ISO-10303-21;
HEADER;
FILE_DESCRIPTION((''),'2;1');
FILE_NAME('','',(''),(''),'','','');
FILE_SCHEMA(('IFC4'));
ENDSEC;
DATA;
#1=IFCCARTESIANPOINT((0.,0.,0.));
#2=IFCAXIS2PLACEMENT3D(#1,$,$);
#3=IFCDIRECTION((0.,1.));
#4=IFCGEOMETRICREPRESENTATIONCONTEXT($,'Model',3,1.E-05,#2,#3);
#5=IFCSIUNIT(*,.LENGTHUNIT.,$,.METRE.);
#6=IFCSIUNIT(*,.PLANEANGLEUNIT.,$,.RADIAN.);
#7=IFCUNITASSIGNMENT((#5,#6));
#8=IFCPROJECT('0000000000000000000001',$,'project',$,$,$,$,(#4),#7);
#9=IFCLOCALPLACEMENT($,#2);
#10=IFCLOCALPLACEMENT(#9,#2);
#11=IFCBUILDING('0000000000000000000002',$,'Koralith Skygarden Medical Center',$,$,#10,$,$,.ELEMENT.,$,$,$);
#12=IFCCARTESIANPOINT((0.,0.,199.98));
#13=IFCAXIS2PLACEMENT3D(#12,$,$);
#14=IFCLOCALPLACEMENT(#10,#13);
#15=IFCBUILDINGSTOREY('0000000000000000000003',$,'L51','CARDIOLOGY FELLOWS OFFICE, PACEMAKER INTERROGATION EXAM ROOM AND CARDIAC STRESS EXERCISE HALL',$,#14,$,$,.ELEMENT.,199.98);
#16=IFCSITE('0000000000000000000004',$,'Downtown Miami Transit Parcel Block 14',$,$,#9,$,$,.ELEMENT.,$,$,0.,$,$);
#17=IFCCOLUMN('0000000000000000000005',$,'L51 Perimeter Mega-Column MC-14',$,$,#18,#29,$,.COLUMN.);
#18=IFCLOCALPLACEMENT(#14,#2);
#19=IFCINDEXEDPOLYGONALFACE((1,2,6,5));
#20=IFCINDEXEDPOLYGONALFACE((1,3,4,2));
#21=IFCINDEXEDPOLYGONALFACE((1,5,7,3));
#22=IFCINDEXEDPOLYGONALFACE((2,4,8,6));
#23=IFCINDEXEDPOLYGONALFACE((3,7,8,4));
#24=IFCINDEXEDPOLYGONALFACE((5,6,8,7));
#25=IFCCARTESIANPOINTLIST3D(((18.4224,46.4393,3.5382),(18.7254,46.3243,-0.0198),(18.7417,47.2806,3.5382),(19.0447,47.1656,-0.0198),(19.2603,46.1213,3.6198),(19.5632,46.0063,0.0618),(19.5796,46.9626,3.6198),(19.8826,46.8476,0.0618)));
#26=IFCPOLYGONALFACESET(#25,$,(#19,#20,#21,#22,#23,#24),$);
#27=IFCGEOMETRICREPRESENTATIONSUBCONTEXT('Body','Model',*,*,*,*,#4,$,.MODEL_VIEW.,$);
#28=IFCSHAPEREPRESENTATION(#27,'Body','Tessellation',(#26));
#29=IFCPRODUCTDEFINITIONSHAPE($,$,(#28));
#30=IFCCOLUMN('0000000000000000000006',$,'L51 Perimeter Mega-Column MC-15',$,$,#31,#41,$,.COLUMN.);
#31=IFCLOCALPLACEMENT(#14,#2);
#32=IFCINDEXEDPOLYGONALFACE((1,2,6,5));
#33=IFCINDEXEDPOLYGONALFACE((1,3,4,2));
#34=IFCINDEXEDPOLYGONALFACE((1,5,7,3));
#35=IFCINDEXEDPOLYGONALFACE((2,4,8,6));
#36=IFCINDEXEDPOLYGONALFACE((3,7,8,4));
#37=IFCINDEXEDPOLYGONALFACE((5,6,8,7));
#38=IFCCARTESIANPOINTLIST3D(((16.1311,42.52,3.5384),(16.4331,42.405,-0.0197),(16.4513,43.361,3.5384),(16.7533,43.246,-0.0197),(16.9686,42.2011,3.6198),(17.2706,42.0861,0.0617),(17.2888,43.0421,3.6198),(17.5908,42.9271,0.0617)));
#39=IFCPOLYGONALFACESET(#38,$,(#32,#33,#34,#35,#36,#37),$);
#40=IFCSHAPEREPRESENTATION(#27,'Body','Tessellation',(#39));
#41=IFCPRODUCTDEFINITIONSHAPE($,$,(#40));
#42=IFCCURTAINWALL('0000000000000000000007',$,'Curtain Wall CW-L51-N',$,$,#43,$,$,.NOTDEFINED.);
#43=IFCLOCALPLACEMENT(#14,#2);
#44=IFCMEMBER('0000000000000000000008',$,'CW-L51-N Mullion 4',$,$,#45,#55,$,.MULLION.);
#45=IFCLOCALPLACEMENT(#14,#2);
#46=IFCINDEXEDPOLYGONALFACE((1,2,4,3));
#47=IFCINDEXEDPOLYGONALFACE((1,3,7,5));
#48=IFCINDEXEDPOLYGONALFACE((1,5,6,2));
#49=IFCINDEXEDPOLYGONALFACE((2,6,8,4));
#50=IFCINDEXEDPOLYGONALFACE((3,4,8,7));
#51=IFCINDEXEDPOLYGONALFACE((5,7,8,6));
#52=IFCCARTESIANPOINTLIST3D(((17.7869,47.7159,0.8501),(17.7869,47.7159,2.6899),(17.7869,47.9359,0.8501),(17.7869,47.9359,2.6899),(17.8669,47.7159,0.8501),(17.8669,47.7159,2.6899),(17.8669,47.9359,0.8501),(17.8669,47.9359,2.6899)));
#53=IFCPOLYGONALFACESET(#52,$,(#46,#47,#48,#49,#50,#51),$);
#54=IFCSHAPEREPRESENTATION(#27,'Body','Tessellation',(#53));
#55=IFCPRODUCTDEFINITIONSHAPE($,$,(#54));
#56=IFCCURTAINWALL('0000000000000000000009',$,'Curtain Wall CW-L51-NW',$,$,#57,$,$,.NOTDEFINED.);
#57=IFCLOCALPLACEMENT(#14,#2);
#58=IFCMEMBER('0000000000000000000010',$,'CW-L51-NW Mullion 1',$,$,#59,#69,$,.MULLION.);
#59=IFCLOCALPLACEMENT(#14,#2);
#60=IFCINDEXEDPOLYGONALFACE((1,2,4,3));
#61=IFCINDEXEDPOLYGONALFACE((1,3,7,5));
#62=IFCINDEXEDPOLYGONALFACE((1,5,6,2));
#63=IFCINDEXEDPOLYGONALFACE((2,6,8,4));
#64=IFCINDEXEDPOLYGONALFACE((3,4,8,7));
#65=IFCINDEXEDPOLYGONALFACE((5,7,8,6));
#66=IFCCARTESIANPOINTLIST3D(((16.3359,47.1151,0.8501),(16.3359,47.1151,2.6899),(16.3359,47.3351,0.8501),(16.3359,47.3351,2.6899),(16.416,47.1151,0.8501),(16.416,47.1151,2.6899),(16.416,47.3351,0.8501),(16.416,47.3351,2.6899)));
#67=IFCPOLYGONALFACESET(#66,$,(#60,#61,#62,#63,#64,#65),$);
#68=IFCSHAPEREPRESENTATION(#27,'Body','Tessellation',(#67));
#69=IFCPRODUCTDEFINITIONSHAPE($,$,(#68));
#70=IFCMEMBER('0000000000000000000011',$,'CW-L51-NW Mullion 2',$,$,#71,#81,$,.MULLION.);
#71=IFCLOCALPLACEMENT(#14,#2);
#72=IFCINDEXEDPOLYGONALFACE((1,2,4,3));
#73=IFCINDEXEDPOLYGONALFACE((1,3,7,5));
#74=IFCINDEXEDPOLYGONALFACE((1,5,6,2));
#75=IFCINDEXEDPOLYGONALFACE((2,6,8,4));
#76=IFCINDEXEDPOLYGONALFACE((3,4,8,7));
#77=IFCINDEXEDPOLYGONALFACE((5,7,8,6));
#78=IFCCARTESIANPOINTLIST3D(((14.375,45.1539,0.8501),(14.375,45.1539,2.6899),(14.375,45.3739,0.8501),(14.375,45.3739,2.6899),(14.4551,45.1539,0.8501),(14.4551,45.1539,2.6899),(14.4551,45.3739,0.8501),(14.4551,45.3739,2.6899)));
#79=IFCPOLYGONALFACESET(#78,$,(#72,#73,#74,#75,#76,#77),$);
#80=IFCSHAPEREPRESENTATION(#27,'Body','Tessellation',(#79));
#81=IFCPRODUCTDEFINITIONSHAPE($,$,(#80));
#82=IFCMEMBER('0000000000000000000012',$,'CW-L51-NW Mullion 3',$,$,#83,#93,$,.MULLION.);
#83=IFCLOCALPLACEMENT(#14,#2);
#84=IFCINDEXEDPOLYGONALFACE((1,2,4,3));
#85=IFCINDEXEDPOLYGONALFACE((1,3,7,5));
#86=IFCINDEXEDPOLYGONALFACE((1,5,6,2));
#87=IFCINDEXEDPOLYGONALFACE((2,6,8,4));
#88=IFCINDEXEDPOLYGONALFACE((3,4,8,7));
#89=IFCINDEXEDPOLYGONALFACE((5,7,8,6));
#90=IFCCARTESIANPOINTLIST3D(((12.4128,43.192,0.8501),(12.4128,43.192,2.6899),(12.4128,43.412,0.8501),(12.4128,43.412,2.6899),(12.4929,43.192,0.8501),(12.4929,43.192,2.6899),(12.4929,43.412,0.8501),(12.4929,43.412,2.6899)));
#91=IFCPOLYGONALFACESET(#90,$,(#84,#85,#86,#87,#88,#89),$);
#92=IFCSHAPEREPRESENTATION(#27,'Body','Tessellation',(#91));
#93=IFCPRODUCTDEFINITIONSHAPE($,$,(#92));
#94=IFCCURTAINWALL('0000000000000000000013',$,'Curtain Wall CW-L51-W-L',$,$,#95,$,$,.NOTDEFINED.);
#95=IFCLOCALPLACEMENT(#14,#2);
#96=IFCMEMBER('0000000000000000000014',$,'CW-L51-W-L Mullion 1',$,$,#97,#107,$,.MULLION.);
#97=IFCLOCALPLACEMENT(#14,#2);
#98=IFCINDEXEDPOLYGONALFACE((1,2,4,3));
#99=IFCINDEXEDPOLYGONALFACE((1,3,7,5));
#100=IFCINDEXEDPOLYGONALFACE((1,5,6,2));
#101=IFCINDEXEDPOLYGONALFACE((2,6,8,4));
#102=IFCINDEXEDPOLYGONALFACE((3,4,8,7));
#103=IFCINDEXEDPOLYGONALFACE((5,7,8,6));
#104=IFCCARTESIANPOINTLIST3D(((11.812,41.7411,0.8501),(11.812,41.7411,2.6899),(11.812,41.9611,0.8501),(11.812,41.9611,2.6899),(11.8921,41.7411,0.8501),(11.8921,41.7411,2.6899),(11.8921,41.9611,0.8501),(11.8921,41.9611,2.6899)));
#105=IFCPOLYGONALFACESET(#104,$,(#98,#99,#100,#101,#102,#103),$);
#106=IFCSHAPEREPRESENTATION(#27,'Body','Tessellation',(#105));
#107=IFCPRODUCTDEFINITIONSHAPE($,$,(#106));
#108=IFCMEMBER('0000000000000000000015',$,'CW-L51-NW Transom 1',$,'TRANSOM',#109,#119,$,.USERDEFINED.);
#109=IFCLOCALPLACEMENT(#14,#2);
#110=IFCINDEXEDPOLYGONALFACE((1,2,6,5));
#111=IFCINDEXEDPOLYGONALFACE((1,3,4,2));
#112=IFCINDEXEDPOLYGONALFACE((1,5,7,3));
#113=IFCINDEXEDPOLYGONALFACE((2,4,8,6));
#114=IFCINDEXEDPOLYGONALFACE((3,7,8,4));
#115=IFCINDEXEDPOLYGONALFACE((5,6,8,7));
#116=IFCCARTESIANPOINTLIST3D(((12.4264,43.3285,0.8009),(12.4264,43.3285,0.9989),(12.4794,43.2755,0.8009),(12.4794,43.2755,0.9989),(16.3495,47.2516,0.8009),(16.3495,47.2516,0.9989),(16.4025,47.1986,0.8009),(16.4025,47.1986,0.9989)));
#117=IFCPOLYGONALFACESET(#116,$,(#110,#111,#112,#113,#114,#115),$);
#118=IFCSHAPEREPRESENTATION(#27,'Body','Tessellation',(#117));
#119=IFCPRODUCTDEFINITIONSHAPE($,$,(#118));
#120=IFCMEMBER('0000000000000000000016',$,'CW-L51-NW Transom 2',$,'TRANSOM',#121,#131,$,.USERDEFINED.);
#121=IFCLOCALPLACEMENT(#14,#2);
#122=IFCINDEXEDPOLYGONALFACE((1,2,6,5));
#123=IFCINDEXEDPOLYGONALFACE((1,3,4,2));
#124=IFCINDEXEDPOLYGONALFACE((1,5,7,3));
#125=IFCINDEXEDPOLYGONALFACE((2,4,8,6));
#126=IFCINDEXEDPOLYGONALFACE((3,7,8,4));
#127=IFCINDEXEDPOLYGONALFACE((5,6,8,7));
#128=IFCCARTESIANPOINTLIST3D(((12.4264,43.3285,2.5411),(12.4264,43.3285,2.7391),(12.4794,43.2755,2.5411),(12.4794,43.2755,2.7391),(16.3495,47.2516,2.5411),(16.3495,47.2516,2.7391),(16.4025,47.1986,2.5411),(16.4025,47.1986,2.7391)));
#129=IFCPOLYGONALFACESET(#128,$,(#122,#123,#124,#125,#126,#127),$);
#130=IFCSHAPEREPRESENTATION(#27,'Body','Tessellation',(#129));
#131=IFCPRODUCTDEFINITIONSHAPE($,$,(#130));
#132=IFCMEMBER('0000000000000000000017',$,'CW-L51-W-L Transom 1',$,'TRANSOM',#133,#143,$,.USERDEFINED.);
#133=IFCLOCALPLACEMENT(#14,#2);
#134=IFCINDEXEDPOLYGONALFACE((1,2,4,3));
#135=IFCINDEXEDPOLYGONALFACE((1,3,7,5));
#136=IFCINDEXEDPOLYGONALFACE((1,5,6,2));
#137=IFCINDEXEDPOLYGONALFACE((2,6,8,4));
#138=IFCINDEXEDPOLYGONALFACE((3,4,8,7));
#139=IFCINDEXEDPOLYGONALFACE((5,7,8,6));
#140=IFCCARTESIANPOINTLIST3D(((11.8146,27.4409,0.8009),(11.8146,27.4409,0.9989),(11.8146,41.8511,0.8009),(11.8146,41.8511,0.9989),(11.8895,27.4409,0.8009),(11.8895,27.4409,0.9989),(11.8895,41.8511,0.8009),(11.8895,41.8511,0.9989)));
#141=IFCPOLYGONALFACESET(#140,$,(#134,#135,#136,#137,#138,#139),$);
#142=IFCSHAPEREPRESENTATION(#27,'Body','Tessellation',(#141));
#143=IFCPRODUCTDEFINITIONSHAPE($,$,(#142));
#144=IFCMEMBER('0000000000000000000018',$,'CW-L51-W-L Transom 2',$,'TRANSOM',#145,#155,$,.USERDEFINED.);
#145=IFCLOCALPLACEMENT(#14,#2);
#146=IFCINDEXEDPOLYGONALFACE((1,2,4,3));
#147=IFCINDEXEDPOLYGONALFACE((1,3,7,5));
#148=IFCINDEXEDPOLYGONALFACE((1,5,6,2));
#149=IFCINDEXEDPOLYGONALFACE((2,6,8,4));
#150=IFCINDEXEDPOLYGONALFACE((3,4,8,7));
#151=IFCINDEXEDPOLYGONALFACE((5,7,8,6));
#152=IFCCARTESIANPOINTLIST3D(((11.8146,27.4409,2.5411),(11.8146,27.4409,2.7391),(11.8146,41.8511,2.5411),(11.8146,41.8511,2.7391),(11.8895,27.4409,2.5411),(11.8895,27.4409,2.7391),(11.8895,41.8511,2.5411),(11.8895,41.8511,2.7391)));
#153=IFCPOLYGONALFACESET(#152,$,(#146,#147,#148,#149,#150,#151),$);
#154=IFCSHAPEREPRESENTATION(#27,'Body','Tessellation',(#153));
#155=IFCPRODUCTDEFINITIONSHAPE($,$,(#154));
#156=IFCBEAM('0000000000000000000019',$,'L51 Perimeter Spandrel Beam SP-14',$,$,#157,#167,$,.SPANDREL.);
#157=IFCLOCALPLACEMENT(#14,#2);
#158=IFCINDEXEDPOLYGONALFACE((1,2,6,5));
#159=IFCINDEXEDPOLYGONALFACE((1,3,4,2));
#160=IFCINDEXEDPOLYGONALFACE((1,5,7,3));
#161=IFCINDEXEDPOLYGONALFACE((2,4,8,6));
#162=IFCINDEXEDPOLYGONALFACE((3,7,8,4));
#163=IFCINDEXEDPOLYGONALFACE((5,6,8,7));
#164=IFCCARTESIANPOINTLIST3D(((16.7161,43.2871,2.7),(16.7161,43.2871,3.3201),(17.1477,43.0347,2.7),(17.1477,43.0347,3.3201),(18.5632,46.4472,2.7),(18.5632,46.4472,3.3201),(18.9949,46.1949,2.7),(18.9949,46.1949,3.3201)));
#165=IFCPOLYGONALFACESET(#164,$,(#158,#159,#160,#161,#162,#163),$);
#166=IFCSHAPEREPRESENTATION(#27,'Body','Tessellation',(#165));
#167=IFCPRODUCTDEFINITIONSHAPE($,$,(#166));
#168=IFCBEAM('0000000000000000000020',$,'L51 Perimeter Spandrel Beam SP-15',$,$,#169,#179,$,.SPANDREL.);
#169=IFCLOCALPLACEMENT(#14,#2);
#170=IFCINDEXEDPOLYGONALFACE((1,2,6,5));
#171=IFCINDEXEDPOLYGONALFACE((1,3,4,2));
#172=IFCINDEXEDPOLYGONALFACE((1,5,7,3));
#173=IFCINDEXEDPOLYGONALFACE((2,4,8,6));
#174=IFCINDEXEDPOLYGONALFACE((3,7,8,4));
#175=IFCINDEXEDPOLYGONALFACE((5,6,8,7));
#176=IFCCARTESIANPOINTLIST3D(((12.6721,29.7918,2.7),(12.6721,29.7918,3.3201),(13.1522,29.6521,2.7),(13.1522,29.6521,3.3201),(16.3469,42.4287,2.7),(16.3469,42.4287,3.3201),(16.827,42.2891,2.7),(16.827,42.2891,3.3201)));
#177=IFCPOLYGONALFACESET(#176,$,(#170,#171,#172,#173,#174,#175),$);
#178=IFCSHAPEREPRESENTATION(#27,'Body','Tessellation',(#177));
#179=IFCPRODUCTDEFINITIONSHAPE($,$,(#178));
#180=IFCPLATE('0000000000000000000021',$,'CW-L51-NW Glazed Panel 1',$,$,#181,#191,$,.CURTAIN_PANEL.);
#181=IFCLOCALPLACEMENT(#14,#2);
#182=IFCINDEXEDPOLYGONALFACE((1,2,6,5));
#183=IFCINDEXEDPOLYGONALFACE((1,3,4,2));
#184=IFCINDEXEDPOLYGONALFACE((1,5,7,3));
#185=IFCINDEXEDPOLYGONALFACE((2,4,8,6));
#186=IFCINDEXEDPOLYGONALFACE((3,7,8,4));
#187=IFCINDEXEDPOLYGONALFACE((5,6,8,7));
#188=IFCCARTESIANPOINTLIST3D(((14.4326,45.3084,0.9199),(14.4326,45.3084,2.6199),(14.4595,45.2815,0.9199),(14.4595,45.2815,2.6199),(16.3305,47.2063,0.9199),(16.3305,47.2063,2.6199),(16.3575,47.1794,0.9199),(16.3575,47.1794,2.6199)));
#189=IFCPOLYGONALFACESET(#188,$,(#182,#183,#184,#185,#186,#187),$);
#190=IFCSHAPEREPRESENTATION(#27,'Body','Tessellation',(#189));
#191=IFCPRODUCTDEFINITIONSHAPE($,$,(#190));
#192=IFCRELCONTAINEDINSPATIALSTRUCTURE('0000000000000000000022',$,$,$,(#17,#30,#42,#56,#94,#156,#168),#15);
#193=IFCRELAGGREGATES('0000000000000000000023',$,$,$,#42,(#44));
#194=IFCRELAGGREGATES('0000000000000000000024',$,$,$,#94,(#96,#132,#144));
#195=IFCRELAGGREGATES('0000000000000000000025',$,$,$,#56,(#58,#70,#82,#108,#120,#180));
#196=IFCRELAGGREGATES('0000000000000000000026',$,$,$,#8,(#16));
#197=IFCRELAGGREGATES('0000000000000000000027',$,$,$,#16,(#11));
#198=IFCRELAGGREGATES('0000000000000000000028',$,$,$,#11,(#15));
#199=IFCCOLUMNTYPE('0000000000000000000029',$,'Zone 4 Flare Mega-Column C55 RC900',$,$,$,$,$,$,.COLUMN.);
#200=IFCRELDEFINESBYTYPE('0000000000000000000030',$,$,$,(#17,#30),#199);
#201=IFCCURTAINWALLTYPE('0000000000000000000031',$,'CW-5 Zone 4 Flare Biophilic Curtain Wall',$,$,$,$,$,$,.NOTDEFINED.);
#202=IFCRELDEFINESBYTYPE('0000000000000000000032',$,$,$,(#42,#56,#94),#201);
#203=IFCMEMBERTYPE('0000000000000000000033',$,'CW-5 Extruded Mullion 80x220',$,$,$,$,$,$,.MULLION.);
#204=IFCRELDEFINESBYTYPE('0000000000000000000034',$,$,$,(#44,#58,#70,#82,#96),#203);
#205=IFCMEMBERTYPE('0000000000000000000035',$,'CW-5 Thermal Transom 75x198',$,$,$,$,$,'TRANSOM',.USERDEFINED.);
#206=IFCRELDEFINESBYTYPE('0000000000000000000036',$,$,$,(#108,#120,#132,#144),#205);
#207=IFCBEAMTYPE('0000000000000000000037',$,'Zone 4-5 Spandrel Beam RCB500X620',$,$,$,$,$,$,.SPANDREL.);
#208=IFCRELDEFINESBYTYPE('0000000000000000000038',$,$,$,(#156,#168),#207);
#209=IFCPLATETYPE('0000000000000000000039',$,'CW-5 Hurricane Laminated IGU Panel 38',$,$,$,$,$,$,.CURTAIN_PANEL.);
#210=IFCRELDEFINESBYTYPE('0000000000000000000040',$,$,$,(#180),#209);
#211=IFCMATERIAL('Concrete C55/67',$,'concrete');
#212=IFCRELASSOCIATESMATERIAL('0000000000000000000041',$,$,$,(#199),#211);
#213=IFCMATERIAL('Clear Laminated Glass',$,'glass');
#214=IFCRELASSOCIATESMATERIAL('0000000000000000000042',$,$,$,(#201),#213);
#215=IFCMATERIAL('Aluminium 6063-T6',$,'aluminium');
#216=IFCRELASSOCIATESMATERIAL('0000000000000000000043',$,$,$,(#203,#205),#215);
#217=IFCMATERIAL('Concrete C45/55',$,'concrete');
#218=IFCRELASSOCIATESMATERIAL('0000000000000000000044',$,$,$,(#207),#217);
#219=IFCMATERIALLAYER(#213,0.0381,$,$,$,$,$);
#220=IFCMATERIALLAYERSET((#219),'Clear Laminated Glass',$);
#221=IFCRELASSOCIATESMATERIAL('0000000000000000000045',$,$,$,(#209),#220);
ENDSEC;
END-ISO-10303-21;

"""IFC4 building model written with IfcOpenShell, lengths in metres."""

from ifc_helpers import new_model, si_unit, direction, frame, origin, origin_2d, place, context, subcontext, project, spatial, rectangle, extrude, material, layer, layer_set, material_profile, profile_set, type_object, element, aggregate, save


model = new_model("IFC4")

# Units and contexts
model_context = context("Model", 3, precision=1e-05, world=origin(), true_north=direction((0.0, 1.0)))
body_context = subcontext(model_context, "Body", "Model", "MODEL_VIEW")
ifc_project = project(units=[si_unit("LENGTHUNIT", "METRE"), si_unit("PLANEANGLEUNIT", "RADIAN")], contexts=[model_context])

# Site, building, storey
site_placement = place(None, origin())
site = spatial("IfcSite", under=ifc_project, at=site_placement, Name="Downtown Miami Transit Parcel Block 14", CompositionType="ELEMENT", RefElevation=0.0)
building_placement = place(site_placement, origin())
building = spatial("IfcBuilding", under=site, at=building_placement, Name="Koralith Skygarden Medical Center", CompositionType="ELEMENT")
storey_placement = place(building_placement, frame((0.0, 0.0, 199.98)))
storey = spatial("IfcBuildingStorey", under=building, at=storey_placement, Name="L51", Description="CARDIOLOGY FELLOWS OFFICE, PACEMAKER INTERROGATION EXAM ROOM AND CARDIAC STRESS EXERCISE HALL", CompositionType="ELEMENT", Elevation=199.98)

# Columns
ifc_material_1 = material(Name="Concrete C55/67", Category="concrete")
ifc_material_profile_1 = material_profile(ifc_material_1, rectangle(XDim=0.8999, YDim=0.8999, at=origin_2d()), Name="RC900X900")
ifc_profile_set_1 = profile_set([ifc_material_profile_1], Name="Concrete C55/67")
column_type = type_object("IfcColumnType", Name="Zone 4 Flare Mega-Column C55 RC900", PredefinedType="COLUMN", material=ifc_profile_set_1)
for number, where, z_axis, x_axis, name in (
    (1, (19.304, 46.5859, 0.021), (-0.084801, 0.032185, 0.995878), (-0.354836, -0.934929, 0.0), "L51 Perimeter Mega-Column MC-14"),
    (2, (17.012, 42.666, 0.021), (-0.084529, 0.032185, 0.995901), (-0.355838, -0.934548, 0.0), "L51 Perimeter Mega-Column MC-15"),
):
    element("IfcColumn", number, at=place(storey_placement, frame(where, z_axis=z_axis, x_axis=x_axis)), inside=storey, type_object=column_type, Name=name, PredefinedType="COLUMN", context=body_context, shape_type="SweptSolid", body=[
        extrude(rectangle(XDim=0.8999, YDim=0.8999, at=origin_2d()), origin(), (0.0, 0.0, 1.0), 3.5728),
    ])

# Curtain wall, member
ifc_material_2 = material(Name="Clear Laminated Glass", Category="glass")
curtain_wall_type = type_object("IfcCurtainWallType", Name="CW-5 Zone 4 Flare Biophilic Curtain Wall", PredefinedType="NOTDEFINED", material=ifc_material_2)
curtain_wall_1_placement = place(storey_placement, origin())
curtain_wall_1 = element("IfcCurtainWall", 3, at=curtain_wall_1_placement, inside=storey, type_object=curtain_wall_type, Name="Curtain Wall CW-L51-N", PredefinedType="NOTDEFINED")
ifc_material_3 = material(Name="Aluminium 6063-T6", Category="aluminium")
ifc_material_profile_2 = material_profile(ifc_material_3, rectangle(XDim=0.0801, YDim=0.22, at=origin_2d()), Name="MUL80X220")
ifc_profile_set_2 = profile_set([ifc_material_profile_2], Name="Aluminium 6063-T6")
member_type_1 = type_object("IfcMemberType", Name="CW-5 Extruded Mullion 80x220", PredefinedType="MULLION", material=ifc_profile_set_2)
member_1_placement = place(storey_placement, frame((17.8269, 47.8259, 0.8501), z_axis=(0.0, 0.0, 1.0), x_axis=(1.0, 0.0, 0.0)))
member_1 = element("IfcMember", 4, at=member_1_placement, type_object=member_type_1, Name="CW-L51-N Mullion 4", PredefinedType="MULLION", context=body_context, shape_type="SweptSolid", body=[
    extrude(rectangle(XDim=0.0801, YDim=0.22, at=origin_2d()), origin(), (0.0, 0.0, 1.0), 1.8398),
])
aggregate(curtain_wall_1, [member_1])

# Curtain wall, members
curtain_wall_2_placement = place(storey_placement, origin())
curtain_wall_2 = element("IfcCurtainWall", 5, at=curtain_wall_2_placement, inside=storey, type_object=curtain_wall_type, Name="Curtain Wall CW-L51-NW", PredefinedType="NOTDEFINED")
member_2_placement = place(storey_placement, frame((16.376, 47.2251, 0.8501), z_axis=(0.0, 0.0, 1.0), x_axis=(1.0, 0.0, 0.0)))
member_2 = element("IfcMember", 6, at=member_2_placement, type_object=member_type_1, Name="CW-L51-NW Mullion 1", PredefinedType="MULLION", context=body_context, shape_type="SweptSolid", body=[
    extrude(rectangle(XDim=0.0801, YDim=0.22, at=origin_2d()), origin(), (0.0, 0.0, 1.0), 1.8398),
])
member_3_placement = place(storey_placement, frame((14.415, 45.2639, 0.8501), z_axis=(0.0, 0.0, 1.0), x_axis=(1.0, 0.0, 0.0)))
member_3 = element("IfcMember", 7, at=member_3_placement, type_object=member_type_1, Name="CW-L51-NW Mullion 2", PredefinedType="MULLION", context=body_context, shape_type="SweptSolid", body=[
    extrude(rectangle(XDim=0.0801, YDim=0.22, at=origin_2d()), origin(), (0.0, 0.0, 1.0), 1.8398),
])
member_4_placement = place(storey_placement, frame((12.4529, 43.302, 0.8501), z_axis=(0.0, 0.0, 1.0), x_axis=(1.0, 0.0, 0.0)))
member_4 = element("IfcMember", 8, at=member_4_placement, type_object=member_type_1, Name="CW-L51-NW Mullion 3", PredefinedType="MULLION", context=body_context, shape_type="SweptSolid", body=[
    extrude(rectangle(XDim=0.0801, YDim=0.22, at=origin_2d()), origin(), (0.0, 0.0, 1.0), 1.8398),
])

# Curtain wall, member
curtain_wall_3_placement = place(storey_placement, origin())
curtain_wall_3 = element("IfcCurtainWall", 9, at=curtain_wall_3_placement, inside=storey, type_object=curtain_wall_type, Name="Curtain Wall CW-L51-W-L", PredefinedType="NOTDEFINED")
member_5_placement = place(storey_placement, frame((11.8521, 41.8511, 0.8501), z_axis=(0.0, 0.0, 1.0), x_axis=(1.0, 0.0, 0.0)))
member_5 = element("IfcMember", 10, at=member_5_placement, type_object=member_type_1, Name="CW-L51-W-L Mullion 1", PredefinedType="MULLION", context=body_context, shape_type="SweptSolid", body=[
    extrude(rectangle(XDim=0.0801, YDim=0.22, at=origin_2d()), origin(), (0.0, 0.0, 1.0), 1.8398),
])

# Members
ifc_material_profile_3 = material_profile(ifc_material_3, rectangle(XDim=0.075, YDim=0.198, at=origin_2d()), Name="TRN75X198")
ifc_profile_set_3 = profile_set([ifc_material_profile_3], Name="Aluminium 6063-T6")
member_type_2 = type_object("IfcMemberType", Name="CW-5 Thermal Transom 75x198", ElementType="TRANSOM", PredefinedType="USERDEFINED", material=ifc_profile_set_3)
member_6_placement = place(storey_placement, frame((16.376, 47.2251, 0.8999), z_axis=(-0.707107, -0.707107, 0.0), x_axis=(0.707107, -0.707107, 0.0)))
member_6 = element("IfcMember", 11, at=member_6_placement, type_object=member_type_2, Name="CW-L51-NW Transom 1", ObjectType="TRANSOM", PredefinedType="USERDEFINED", context=body_context, shape_type="SweptSolid", body=[
    extrude(rectangle(XDim=0.075, YDim=0.198, at=origin_2d()), origin(), (0.0, 0.0, 1.0), 5.5481),
])
member_7_placement = place(storey_placement, frame((16.376, 47.2251, 2.6401), z_axis=(-0.707107, -0.707107, 0.0), x_axis=(0.707107, -0.707107, 0.0)))
member_7 = element("IfcMember", 12, at=member_7_placement, type_object=member_type_2, Name="CW-L51-NW Transom 2", ObjectType="TRANSOM", PredefinedType="USERDEFINED", context=body_context, shape_type="SweptSolid", body=[
    extrude(rectangle(XDim=0.075, YDim=0.198, at=origin_2d()), origin(), (0.0, 0.0, 1.0), 5.5481),
])
member_8_placement = place(storey_placement, frame((11.8521, 41.8511, 0.8999), z_axis=(0.0, -1.0, 0.0), x_axis=(1.0, 0.0, 0.0)))
member_8 = element("IfcMember", 13, at=member_8_placement, type_object=member_type_2, Name="CW-L51-W-L Transom 1", ObjectType="TRANSOM", PredefinedType="USERDEFINED", context=body_context, shape_type="SweptSolid", body=[
    extrude(rectangle(XDim=0.075, YDim=0.198, at=origin_2d()), origin(), (0.0, 0.0, 1.0), 14.4102),
])
member_9_placement = place(storey_placement, frame((11.8521, 41.8511, 2.6401), z_axis=(0.0, -1.0, 0.0), x_axis=(1.0, 0.0, 0.0)))
member_9 = element("IfcMember", 14, at=member_9_placement, type_object=member_type_2, Name="CW-L51-W-L Transom 2", ObjectType="TRANSOM", PredefinedType="USERDEFINED", context=body_context, shape_type="SweptSolid", body=[
    extrude(rectangle(XDim=0.075, YDim=0.198, at=origin_2d()), origin(), (0.0, 0.0, 1.0), 14.4102),
])
aggregate(curtain_wall_3, [member_5, member_8, member_9])

# Beams
ifc_material_4 = material(Name="Concrete C45/55", Category="concrete")
ifc_material_profile_4 = material_profile(ifc_material_4, rectangle(XDim=0.5, YDim=0.6201, at=origin_2d()), Name="RCB500X620")
ifc_profile_set_4 = profile_set([ifc_material_profile_4], Name="Concrete C45/55")
beam_type = type_object("IfcBeamType", Name="Zone 4-5 Spandrel Beam RCB500X620", PredefinedType="SPANDREL", material=ifc_profile_set_4)
beam_1_placement = place(storey_placement, frame((18.7791, 46.321, 3.01), z_axis=(-0.504634, -0.863333, 0.0), x_axis=(0.863333, -0.504634, 0.0)))
element("IfcBeam", 15, at=beam_1_placement, inside=storey, type_object=beam_type, Name="L51 Perimeter Spandrel Beam SP-14", PredefinedType="SPANDREL", context=body_context, shape_type="SweptSolid", body=[
    extrude(rectangle(XDim=0.5, YDim=0.6201, at=origin_2d()), origin(), (0.0, 0.0, 1.0), 3.6604),
])
beam_2_placement = place(storey_placement, frame((16.5869, 42.3589, 3.01), z_axis=(-0.279231, -0.960224, 0.0), x_axis=(0.960224, -0.279231, 0.0)))
element("IfcBeam", 16, at=beam_2_placement, inside=storey, type_object=beam_type, Name="L51 Perimeter Spandrel Beam SP-15", PredefinedType="SPANDREL", context=body_context, shape_type="SweptSolid", body=[
    extrude(rectangle(XDim=0.5, YDim=0.6201, at=origin_2d()), origin(), (0.0, 0.0, 1.0), 13.1604),
])

# Plate
ifc_layer_1 = layer(ifc_material_2, 0.0381)
ifc_layer_set_1 = layer_set([ifc_layer_1], Name="Clear Laminated Glass")
plate_type_1 = type_object("IfcPlateType", Name="CW-5 Hurricane Laminated IGU Panel 38", PredefinedType="CURTAIN_PANEL", material=ifc_layer_set_1)
plate_1_placement = place(storey_placement, frame((15.395, 46.2439, 0.9199), z_axis=(0.0, 0.0, 1.0), x_axis=(-0.707107, -0.707107, 0.0)))
plate_1 = element("IfcPlate", 17, at=plate_1_placement, type_object=plate_type_1, Name="CW-L51-NW Glazed Panel 1", PredefinedType="CURTAIN_PANEL", context=body_context, shape_type="SweptSolid", body=[
    extrude(rectangle(XDim=2.6841, YDim=0.0381, at=origin_2d()), origin(), (0.0, 0.0, 1.0), 1.7),
])
aggregate(curtain_wall_2, [member_2, member_3, member_4, member_6, member_7, plate_1])

save(model, "model.ifc")
